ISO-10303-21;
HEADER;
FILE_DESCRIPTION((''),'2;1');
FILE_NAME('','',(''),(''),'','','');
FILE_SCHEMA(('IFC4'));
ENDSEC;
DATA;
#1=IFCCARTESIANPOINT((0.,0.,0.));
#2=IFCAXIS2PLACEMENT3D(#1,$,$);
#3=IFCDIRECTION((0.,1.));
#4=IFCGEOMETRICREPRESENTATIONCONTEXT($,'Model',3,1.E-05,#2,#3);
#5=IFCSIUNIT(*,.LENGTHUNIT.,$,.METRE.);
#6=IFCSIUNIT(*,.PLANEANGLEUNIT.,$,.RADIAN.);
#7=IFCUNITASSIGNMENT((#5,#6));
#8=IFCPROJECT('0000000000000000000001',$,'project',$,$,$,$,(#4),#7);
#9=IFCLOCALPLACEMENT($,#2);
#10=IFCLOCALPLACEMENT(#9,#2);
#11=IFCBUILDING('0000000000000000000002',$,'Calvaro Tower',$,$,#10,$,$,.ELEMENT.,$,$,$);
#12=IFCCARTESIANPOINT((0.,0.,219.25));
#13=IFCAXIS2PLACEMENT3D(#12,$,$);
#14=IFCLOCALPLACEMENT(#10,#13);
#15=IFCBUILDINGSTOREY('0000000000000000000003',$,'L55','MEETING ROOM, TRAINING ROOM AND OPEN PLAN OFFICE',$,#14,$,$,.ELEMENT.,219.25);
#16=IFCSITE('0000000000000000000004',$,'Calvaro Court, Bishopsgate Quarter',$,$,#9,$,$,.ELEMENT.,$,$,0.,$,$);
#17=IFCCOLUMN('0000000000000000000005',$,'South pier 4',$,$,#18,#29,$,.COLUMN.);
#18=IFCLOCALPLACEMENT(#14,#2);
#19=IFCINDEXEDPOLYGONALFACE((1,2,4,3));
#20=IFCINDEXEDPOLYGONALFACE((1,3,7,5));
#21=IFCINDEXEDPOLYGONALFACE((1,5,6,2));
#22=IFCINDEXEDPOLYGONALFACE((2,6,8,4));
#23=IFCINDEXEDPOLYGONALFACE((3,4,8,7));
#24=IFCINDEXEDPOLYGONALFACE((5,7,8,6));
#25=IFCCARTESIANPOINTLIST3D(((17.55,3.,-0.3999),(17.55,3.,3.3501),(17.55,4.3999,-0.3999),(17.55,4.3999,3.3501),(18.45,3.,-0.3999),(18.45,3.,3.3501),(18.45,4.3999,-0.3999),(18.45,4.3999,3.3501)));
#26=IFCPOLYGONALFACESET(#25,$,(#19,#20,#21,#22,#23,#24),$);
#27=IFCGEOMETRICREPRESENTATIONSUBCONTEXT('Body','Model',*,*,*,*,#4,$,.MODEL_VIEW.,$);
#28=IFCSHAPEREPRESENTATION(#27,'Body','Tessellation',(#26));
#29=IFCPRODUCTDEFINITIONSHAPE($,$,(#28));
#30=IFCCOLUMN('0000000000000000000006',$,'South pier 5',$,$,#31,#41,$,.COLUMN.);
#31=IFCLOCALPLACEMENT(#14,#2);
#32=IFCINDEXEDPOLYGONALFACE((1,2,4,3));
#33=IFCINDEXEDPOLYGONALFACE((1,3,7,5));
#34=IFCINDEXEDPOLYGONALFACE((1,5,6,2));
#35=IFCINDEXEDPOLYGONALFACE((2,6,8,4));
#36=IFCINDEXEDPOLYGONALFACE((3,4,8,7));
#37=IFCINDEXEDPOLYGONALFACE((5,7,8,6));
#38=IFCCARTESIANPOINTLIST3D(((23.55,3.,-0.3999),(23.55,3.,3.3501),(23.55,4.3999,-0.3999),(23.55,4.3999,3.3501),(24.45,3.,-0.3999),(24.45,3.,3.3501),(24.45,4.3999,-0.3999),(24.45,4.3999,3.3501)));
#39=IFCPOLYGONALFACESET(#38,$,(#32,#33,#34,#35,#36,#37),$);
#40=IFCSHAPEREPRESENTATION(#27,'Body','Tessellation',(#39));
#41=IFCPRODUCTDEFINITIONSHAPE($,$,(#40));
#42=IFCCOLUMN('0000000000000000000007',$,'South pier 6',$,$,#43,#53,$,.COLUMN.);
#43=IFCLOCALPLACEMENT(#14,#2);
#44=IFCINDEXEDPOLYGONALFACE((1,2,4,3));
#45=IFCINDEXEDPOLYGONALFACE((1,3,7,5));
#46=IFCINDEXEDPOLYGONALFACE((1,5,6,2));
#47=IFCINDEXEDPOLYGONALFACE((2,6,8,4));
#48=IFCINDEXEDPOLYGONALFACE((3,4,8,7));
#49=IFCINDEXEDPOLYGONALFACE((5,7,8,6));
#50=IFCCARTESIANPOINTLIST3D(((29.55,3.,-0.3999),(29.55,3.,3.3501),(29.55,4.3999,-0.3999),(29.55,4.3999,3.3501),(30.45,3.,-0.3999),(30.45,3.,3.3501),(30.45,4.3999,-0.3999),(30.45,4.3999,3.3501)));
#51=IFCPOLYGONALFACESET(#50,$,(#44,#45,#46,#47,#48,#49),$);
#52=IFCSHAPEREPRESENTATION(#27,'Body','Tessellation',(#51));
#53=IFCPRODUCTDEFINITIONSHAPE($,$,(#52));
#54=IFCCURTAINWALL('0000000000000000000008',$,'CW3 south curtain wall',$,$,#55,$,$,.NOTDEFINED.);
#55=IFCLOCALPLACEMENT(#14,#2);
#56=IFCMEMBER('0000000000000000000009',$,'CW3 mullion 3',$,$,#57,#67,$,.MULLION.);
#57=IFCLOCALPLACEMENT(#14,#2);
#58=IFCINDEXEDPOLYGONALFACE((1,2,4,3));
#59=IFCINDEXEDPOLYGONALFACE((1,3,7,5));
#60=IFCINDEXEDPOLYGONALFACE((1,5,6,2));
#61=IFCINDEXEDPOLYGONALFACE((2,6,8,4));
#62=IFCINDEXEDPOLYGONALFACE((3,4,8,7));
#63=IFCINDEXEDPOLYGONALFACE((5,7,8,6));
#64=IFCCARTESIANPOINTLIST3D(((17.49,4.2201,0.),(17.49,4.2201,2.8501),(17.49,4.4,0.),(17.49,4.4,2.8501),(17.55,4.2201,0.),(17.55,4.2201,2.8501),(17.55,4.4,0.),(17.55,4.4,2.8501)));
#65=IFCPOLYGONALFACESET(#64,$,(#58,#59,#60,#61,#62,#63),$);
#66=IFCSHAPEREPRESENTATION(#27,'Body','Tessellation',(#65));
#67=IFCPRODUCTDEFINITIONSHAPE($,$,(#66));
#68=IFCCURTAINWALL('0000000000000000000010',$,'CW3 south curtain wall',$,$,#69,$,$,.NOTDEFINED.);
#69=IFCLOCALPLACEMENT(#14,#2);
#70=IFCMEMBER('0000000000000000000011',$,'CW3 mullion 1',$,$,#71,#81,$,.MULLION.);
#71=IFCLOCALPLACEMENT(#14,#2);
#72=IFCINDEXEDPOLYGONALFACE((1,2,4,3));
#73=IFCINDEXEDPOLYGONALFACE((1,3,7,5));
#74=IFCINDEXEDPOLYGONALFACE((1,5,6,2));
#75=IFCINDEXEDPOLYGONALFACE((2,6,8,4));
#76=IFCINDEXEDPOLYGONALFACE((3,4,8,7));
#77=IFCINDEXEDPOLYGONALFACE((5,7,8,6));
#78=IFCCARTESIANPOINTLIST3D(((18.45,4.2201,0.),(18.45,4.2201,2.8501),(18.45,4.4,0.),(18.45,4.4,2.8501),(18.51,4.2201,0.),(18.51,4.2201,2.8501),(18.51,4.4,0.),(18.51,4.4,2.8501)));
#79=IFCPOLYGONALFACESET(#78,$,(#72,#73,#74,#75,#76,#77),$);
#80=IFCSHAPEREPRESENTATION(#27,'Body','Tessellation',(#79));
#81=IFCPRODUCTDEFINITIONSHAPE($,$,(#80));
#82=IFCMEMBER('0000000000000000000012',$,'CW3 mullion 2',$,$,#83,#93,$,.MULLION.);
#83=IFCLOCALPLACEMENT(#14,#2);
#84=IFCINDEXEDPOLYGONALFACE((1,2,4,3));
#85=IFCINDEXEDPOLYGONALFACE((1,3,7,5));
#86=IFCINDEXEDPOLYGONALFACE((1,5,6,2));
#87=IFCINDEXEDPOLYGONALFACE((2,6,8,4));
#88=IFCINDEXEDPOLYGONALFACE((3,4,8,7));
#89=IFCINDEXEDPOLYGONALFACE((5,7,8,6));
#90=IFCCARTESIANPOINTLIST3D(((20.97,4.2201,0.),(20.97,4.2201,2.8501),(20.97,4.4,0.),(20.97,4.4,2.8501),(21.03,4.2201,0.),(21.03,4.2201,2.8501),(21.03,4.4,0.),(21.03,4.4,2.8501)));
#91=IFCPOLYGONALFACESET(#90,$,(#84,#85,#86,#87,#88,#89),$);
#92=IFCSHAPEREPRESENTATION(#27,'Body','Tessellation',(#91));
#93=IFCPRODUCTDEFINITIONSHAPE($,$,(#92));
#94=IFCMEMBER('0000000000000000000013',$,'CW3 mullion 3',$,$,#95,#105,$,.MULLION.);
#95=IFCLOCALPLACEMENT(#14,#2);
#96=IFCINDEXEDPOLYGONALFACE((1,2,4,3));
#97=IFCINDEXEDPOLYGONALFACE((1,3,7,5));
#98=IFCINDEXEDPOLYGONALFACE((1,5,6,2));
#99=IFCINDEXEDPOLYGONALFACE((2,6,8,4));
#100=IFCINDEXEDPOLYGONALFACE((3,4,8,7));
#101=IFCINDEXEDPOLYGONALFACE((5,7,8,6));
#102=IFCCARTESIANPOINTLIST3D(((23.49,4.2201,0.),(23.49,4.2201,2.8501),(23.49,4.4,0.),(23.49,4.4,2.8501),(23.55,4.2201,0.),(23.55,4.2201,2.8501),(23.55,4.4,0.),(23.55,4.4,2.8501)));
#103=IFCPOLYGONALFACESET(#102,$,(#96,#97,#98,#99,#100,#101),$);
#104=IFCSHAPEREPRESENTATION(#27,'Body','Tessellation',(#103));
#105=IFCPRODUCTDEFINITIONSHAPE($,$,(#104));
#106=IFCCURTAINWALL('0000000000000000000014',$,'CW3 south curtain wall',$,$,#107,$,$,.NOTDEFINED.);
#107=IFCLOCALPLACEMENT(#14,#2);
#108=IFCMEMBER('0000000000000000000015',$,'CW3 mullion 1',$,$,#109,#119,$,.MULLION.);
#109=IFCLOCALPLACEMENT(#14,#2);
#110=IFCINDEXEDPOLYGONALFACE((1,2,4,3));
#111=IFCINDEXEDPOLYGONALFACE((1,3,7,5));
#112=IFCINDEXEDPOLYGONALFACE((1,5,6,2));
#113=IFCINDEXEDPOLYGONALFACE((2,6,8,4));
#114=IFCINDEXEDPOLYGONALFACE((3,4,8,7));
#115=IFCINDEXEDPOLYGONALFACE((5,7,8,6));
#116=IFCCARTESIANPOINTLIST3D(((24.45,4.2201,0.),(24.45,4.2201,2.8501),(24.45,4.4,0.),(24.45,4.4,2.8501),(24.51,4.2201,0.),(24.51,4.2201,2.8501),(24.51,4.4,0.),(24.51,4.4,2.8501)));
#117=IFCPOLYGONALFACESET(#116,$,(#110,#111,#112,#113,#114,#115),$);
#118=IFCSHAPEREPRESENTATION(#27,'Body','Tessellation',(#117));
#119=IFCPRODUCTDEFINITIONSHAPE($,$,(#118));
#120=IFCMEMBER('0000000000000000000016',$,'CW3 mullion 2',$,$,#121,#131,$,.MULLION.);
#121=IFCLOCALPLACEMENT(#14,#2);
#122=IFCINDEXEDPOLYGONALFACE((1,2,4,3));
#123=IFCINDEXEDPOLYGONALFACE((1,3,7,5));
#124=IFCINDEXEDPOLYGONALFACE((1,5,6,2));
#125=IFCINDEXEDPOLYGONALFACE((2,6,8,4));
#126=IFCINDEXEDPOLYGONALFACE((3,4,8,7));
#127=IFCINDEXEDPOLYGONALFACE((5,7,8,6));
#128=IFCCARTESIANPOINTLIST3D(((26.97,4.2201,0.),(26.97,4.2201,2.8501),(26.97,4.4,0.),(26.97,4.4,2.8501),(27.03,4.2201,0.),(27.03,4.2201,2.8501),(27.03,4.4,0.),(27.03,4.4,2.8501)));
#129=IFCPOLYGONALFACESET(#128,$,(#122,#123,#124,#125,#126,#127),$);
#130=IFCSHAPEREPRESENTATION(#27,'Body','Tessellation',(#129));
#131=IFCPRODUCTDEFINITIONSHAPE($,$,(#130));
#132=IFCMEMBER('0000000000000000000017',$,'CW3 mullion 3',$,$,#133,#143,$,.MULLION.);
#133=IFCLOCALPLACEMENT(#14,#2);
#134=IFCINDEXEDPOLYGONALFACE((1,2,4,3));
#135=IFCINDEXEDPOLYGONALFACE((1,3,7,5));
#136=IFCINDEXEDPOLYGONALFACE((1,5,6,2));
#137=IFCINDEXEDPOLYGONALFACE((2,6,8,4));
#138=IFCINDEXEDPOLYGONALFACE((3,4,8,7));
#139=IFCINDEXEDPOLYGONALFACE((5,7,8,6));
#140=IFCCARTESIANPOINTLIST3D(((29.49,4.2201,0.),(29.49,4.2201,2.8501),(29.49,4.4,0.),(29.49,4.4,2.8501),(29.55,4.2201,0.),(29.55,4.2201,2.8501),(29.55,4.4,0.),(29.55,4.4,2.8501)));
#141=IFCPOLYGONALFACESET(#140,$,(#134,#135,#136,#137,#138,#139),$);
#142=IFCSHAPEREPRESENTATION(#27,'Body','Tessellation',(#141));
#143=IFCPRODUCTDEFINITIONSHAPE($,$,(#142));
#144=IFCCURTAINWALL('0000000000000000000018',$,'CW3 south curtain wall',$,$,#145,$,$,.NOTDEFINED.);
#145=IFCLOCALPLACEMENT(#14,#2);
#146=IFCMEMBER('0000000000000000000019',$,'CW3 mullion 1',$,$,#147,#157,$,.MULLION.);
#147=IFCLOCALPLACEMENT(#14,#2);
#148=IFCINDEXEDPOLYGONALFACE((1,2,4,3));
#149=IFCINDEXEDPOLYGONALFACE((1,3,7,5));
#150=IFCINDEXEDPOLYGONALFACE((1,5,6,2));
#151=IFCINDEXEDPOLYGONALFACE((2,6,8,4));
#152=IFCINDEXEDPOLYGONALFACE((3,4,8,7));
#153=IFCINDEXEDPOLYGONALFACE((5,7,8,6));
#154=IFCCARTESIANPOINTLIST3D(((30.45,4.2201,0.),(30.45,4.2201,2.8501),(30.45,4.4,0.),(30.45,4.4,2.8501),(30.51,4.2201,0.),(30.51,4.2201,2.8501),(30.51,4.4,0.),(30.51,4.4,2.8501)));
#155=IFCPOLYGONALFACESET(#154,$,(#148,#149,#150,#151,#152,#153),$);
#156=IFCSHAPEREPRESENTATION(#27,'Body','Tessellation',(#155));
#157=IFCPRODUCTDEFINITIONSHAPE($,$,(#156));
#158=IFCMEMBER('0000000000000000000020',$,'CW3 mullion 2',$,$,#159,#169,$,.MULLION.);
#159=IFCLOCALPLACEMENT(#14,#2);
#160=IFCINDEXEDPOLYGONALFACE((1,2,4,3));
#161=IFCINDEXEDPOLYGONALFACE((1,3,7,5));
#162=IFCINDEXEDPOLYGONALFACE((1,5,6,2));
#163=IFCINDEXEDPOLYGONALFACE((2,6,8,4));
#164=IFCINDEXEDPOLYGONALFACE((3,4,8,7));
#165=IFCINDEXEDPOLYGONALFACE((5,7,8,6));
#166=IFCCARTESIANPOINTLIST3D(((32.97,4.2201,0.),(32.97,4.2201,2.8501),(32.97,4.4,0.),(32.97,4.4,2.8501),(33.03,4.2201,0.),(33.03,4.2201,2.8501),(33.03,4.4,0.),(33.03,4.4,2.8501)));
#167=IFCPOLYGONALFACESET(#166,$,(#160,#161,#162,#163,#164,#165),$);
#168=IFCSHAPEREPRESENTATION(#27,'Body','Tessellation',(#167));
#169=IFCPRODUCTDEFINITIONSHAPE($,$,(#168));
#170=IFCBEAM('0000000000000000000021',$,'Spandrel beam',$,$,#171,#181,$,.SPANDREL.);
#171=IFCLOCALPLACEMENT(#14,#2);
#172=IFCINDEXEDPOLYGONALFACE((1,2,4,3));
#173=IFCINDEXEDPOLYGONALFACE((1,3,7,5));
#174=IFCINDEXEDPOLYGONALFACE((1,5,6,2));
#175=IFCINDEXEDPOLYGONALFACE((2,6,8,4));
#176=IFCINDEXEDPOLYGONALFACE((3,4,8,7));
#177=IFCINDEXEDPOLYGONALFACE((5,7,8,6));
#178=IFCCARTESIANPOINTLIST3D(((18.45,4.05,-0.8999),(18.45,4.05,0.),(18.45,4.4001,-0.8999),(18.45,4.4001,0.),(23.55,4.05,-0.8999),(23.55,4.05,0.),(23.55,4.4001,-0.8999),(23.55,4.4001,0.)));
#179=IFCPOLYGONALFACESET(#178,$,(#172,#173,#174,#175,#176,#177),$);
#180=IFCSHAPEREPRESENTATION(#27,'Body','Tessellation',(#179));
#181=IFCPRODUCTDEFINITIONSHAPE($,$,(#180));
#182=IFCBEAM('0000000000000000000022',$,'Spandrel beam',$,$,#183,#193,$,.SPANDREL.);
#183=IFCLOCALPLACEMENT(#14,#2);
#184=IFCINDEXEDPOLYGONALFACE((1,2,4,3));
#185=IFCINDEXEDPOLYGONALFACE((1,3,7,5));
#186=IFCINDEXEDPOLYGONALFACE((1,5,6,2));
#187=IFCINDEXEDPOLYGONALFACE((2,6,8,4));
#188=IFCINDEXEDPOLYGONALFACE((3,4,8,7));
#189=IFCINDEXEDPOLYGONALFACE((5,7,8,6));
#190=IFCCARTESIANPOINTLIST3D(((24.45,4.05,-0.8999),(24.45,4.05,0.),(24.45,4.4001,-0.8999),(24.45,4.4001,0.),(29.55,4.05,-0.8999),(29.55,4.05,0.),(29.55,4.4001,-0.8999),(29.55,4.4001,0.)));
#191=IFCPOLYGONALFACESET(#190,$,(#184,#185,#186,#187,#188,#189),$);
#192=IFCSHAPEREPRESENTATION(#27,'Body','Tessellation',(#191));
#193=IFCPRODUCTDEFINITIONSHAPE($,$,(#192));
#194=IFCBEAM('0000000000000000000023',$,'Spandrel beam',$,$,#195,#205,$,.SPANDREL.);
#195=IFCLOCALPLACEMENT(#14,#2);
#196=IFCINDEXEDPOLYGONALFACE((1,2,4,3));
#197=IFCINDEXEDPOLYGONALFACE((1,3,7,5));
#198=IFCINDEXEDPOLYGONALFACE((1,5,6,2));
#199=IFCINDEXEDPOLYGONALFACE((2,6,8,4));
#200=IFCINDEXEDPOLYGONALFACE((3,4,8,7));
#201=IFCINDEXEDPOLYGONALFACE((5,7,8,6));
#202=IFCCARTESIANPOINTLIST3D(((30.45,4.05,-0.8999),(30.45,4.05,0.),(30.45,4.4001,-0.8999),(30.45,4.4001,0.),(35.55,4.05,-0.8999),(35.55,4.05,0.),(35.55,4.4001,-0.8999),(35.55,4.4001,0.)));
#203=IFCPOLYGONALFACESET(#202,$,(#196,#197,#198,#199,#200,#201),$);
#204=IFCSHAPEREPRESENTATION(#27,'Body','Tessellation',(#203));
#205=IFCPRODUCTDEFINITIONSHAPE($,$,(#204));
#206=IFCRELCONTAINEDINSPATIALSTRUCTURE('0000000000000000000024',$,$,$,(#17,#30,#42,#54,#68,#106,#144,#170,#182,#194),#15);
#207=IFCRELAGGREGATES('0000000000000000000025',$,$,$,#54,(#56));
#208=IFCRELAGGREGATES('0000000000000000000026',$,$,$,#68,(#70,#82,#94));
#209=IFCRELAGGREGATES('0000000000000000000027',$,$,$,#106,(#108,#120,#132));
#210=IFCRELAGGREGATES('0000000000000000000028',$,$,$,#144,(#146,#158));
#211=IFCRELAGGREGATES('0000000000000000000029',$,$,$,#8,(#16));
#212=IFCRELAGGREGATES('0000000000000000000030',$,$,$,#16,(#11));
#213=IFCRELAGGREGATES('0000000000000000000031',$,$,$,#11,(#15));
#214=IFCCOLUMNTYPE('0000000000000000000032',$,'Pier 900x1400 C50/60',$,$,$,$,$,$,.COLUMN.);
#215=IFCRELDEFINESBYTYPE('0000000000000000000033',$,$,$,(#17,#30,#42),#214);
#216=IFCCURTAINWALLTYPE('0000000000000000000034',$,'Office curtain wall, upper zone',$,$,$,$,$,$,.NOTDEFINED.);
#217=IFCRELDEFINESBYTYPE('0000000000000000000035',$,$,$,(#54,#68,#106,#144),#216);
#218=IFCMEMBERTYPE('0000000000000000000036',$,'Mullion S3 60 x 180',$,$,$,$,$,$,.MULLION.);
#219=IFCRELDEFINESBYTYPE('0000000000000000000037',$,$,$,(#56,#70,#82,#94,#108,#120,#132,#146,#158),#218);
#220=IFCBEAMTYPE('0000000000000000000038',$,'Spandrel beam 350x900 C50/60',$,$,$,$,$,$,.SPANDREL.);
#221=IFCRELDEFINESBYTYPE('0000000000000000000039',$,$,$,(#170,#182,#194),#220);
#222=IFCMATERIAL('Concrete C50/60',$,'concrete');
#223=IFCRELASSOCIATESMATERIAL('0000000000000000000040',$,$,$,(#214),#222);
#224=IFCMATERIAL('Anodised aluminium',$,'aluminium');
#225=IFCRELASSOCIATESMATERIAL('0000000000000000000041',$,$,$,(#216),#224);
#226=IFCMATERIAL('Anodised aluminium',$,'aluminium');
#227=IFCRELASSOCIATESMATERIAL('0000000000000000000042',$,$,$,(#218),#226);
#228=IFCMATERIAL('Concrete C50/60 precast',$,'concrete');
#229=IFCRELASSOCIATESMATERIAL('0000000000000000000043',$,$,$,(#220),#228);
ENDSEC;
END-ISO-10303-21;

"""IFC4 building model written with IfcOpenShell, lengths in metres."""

from ifc_helpers import new_model, si_unit, direction, frame, origin, origin_2d, place, context, subcontext, project, spatial, rectangle, extrude, material, material_profile, profile_set, type_object, element, aggregate, save


model = new_model("IFC4")

# Units and contexts
model_context = context("Model", 3, precision=1e-05, world=origin(), true_north=direction((0.0, 1.0)))
body_context = subcontext(model_context, "Body", "Model", "MODEL_VIEW")
ifc_project = project(units=[si_unit("LENGTHUNIT", "METRE"), si_unit("PLANEANGLEUNIT", "RADIAN")], contexts=[model_context])

# Site, building, storey
site_placement = place(None, origin())
site = spatial("IfcSite", under=ifc_project, at=site_placement, Name="Calvaro Court, Bishopsgate Quarter", CompositionType="ELEMENT", RefElevation=0.0)
building_placement = place(site_placement, origin())
building = spatial("IfcBuilding", under=site, at=building_placement, Name="Calvaro Tower", CompositionType="ELEMENT")
storey_placement = place(building_placement, frame((0.0, 0.0, 219.25)))
storey = spatial("IfcBuildingStorey", under=building, at=storey_placement, Name="L55", Description="MEETING ROOM, TRAINING ROOM AND OPEN PLAN OFFICE", CompositionType="ELEMENT", Elevation=219.25)

# Columns
ifc_material_1 = material(Name="Concrete C50/60", Category="concrete")
ifc_material_profile_1 = material_profile(ifc_material_1, rectangle(XDim=0.8999, YDim=1.3999, at=origin_2d()), Name="RC 900x1400")
ifc_profile_set_1 = profile_set([ifc_material_profile_1], Name="Concrete C50/60")
column_type = type_object("IfcColumnType", Name="Pier 900x1400 C50/60", PredefinedType="COLUMN", material=ifc_profile_set_1)
for number, where, z_axis, x_axis, name in (
    (1, (18.0, 3.7, -0.3999), (0.0, 0.0, 1.0), (1.0, 0.0, 0.0), "South pier 4"),
    (2, (24.0, 3.7, -0.3999), (0.0, 0.0, 1.0), (1.0, 0.0, 0.0), "South pier 5"),
    (3, (30.0, 3.7, -0.3999), (0.0, 0.0, 1.0), (1.0, 0.0, 0.0), "South pier 6"),
):
    element("IfcColumn", number, at=place(storey_placement, frame(where, z_axis=z_axis, x_axis=x_axis)), inside=storey, type_object=column_type, Name=name, PredefinedType="COLUMN", context=body_context, shape_type="SweptSolid", body=[
        extrude(rectangle(XDim=0.8999, YDim=1.3999, at=origin_2d()), origin(), (0.0, 0.0, 1.0), 3.75),
    ])

# Curtain wall, member
ifc_material_2 = material(Name="Anodised aluminium", Category="aluminium")
curtain_wall_type = type_object("IfcCurtainWallType", Name="Office curtain wall, upper zone", PredefinedType="NOTDEFINED", material=ifc_material_2)
curtain_wall_1_placement = place(storey_placement, origin())
curtain_wall_1 = element("IfcCurtainWall", 4, at=curtain_wall_1_placement, inside=storey, type_object=curtain_wall_type, Name="CW3 south curtain wall", PredefinedType="NOTDEFINED")
ifc_material_3 = material(Name="Anodised aluminium", Category="aluminium")
ifc_material_profile_2 = material_profile(ifc_material_3, rectangle(XDim=0.1799, YDim=0.0601, at=origin_2d()), Name="Mullion S3 60 x 180")
ifc_profile_set_2 = profile_set([ifc_material_profile_2], Name="Anodised aluminium")
member_type_1 = type_object("IfcMemberType", Name="Mullion S3 60 x 180", PredefinedType="MULLION", material=ifc_profile_set_2)
member_1_placement = place(storey_placement, frame((17.52, 4.3101, 0.0), z_axis=(0.0, 0.0, 1.0), x_axis=(0.0, 1.0, 0.0)))
member_1 = element("IfcMember", 5, at=member_1_placement, type_object=member_type_1, Name="CW3 mullion 3", PredefinedType="MULLION", context=body_context, shape_type="SweptSolid", body=[
    extrude(rectangle(XDim=0.1799, YDim=0.0601, at=origin_2d()), origin(), (0.0, 0.0, 1.0), 2.8501),
])
aggregate(curtain_wall_1, [member_1])

# Curtain walls, members
curtain_wall_2_placement = place(storey_placement, origin())
curtain_wall_2 = element("IfcCurtainWall", 6, at=curtain_wall_2_placement, inside=storey, type_object=curtain_wall_type, Name="CW3 south curtain wall", PredefinedType="NOTDEFINED")
member_2_placement = place(storey_placement, frame((18.48, 4.3101, 0.0), z_axis=(0.0, 0.0, 1.0), x_axis=(0.0, 1.0, 0.0)))
member_2 = element("IfcMember", 7, at=member_2_placement, type_object=member_type_1, Name="CW3 mullion 1", PredefinedType="MULLION", context=body_context, shape_type="SweptSolid", body=[
    extrude(rectangle(XDim=0.1799, YDim=0.0601, at=origin_2d()), origin(), (0.0, 0.0, 1.0), 2.8501),
])
member_3_placement = place(storey_placement, frame((21.0, 4.3101, 0.0), z_axis=(0.0, 0.0, 1.0), x_axis=(0.0, 1.0, 0.0)))
member_3 = element("IfcMember", 8, at=member_3_placement, type_object=member_type_1, Name="CW3 mullion 2", PredefinedType="MULLION", context=body_context, shape_type="SweptSolid", body=[
    extrude(rectangle(XDim=0.1799, YDim=0.0601, at=origin_2d()), origin(), (0.0, 0.0, 1.0), 2.8501),
])
member_4_placement = place(storey_placement, frame((23.52, 4.3101, 0.0), z_axis=(0.0, 0.0, 1.0), x_axis=(0.0, 1.0, 0.0)))
member_4 = element("IfcMember", 9, at=member_4_placement, type_object=member_type_1, Name="CW3 mullion 3", PredefinedType="MULLION", context=body_context, shape_type="SweptSolid", body=[
    extrude(rectangle(XDim=0.1799, YDim=0.0601, at=origin_2d()), origin(), (0.0, 0.0, 1.0), 2.8501),
])
curtain_wall_3_placement = place(storey_placement, origin())
curtain_wall_3 = element("IfcCurtainWall", 10, at=curtain_wall_3_placement, inside=storey, type_object=curtain_wall_type, Name="CW3 south curtain wall", PredefinedType="NOTDEFINED")
member_5_placement = place(storey_placement, frame((24.48, 4.3101, 0.0), z_axis=(0.0, 0.0, 1.0), x_axis=(0.0, 1.0, 0.0)))
member_5 = element("IfcMember", 11, at=member_5_placement, type_object=member_type_1, Name="CW3 mullion 1", PredefinedType="MULLION", context=body_context, shape_type="SweptSolid", body=[
    extrude(rectangle(XDim=0.1799, YDim=0.0601, at=origin_2d()), origin(), (0.0, 0.0, 1.0), 2.8501),
])
member_6_placement = place(storey_placement, frame((27.0, 4.3101, 0.0), z_axis=(0.0, 0.0, 1.0), x_axis=(0.0, 1.0, 0.0)))
member_6 = element("IfcMember", 12, at=member_6_placement, type_object=member_type_1, Name="CW3 mullion 2", PredefinedType="MULLION", context=body_context, shape_type="SweptSolid", body=[
    extrude(rectangle(XDim=0.1799, YDim=0.0601, at=origin_2d()), origin(), (0.0, 0.0, 1.0), 2.8501),
])
member_7_placement = place(storey_placement, frame((29.52, 4.3101, 0.0), z_axis=(0.0, 0.0, 1.0), x_axis=(0.0, 1.0, 0.0)))
member_7 = element("IfcMember", 13, at=member_7_placement, type_object=member_type_1, Name="CW3 mullion 3", PredefinedType="MULLION", context=body_context, shape_type="SweptSolid", body=[
    extrude(rectangle(XDim=0.1799, YDim=0.0601, at=origin_2d()), origin(), (0.0, 0.0, 1.0), 2.8501),
])
curtain_wall_4_placement = place(storey_placement, origin())
curtain_wall_4 = element("IfcCurtainWall", 14, at=curtain_wall_4_placement, inside=storey, type_object=curtain_wall_type, Name="CW3 south curtain wall", PredefinedType="NOTDEFINED")
member_8_placement = place(storey_placement, frame((30.48, 4.3101, 0.0), z_axis=(0.0, 0.0, 1.0), x_axis=(0.0, 1.0, 0.0)))
member_8 = element("IfcMember", 15, at=member_8_placement, type_object=member_type_1, Name="CW3 mullion 1", PredefinedType="MULLION", context=body_context, shape_type="SweptSolid", body=[
    extrude(rectangle(XDim=0.1799, YDim=0.0601, at=origin_2d()), origin(), (0.0, 0.0, 1.0), 2.8501),
])
member_9_placement = place(storey_placement, frame((33.0, 4.3101, 0.0), z_axis=(0.0, 0.0, 1.0), x_axis=(0.0, 1.0, 0.0)))
member_9 = element("IfcMember", 16, at=member_9_placement, type_object=member_type_1, Name="CW3 mullion 2", PredefinedType="MULLION", context=body_context, shape_type="SweptSolid", body=[
    extrude(rectangle(XDim=0.1799, YDim=0.0601, at=origin_2d()), origin(), (0.0, 0.0, 1.0), 2.8501),
])

# Beams
ifc_material_4 = material(Name="Concrete C50/60 precast", Category="concrete")
ifc_material_profile_3 = material_profile(ifc_material_4, rectangle(XDim=0.3501, YDim=0.8999, at=origin_2d()), Name="RC 350x900")
ifc_profile_set_3 = profile_set([ifc_material_profile_3], Name="Concrete C50/60 precast")
beam_type = type_object("IfcBeamType", Name="Spandrel beam 350x900 C50/60", PredefinedType="SPANDREL", material=ifc_profile_set_3)
for number, where, z_axis, x_axis, name in (
    (17, (18.45, 4.2251, -0.45), (1.0, 0.0, 0.0), (0.0, 1.0, 0.0), "Spandrel beam"),
    (18, (24.45, 4.2251, -0.45), (1.0, 0.0, 0.0), (0.0, 1.0, 0.0), "Spandrel beam"),
    (19, (30.45, 4.2251, -0.45), (1.0, 0.0, 0.0), (0.0, 1.0, 0.0), "Spandrel beam"),
):
    element("IfcBeam", number, at=place(storey_placement, frame(where, z_axis=z_axis, x_axis=x_axis)), inside=storey, type_object=beam_type, Name=name, PredefinedType="SPANDREL", context=body_context, shape_type="SweptSolid", body=[
        extrude(rectangle(XDim=0.3501, YDim=0.8999, at=origin_2d()), origin(), (0.0, 0.0, 1.0), 5.1001),
    ])

aggregate(curtain_wall_2, [member_2, member_3, member_4])
aggregate(curtain_wall_3, [member_5, member_6, member_7])
aggregate(curtain_wall_4, [member_8, member_9])

save(model, "model.ifc")
